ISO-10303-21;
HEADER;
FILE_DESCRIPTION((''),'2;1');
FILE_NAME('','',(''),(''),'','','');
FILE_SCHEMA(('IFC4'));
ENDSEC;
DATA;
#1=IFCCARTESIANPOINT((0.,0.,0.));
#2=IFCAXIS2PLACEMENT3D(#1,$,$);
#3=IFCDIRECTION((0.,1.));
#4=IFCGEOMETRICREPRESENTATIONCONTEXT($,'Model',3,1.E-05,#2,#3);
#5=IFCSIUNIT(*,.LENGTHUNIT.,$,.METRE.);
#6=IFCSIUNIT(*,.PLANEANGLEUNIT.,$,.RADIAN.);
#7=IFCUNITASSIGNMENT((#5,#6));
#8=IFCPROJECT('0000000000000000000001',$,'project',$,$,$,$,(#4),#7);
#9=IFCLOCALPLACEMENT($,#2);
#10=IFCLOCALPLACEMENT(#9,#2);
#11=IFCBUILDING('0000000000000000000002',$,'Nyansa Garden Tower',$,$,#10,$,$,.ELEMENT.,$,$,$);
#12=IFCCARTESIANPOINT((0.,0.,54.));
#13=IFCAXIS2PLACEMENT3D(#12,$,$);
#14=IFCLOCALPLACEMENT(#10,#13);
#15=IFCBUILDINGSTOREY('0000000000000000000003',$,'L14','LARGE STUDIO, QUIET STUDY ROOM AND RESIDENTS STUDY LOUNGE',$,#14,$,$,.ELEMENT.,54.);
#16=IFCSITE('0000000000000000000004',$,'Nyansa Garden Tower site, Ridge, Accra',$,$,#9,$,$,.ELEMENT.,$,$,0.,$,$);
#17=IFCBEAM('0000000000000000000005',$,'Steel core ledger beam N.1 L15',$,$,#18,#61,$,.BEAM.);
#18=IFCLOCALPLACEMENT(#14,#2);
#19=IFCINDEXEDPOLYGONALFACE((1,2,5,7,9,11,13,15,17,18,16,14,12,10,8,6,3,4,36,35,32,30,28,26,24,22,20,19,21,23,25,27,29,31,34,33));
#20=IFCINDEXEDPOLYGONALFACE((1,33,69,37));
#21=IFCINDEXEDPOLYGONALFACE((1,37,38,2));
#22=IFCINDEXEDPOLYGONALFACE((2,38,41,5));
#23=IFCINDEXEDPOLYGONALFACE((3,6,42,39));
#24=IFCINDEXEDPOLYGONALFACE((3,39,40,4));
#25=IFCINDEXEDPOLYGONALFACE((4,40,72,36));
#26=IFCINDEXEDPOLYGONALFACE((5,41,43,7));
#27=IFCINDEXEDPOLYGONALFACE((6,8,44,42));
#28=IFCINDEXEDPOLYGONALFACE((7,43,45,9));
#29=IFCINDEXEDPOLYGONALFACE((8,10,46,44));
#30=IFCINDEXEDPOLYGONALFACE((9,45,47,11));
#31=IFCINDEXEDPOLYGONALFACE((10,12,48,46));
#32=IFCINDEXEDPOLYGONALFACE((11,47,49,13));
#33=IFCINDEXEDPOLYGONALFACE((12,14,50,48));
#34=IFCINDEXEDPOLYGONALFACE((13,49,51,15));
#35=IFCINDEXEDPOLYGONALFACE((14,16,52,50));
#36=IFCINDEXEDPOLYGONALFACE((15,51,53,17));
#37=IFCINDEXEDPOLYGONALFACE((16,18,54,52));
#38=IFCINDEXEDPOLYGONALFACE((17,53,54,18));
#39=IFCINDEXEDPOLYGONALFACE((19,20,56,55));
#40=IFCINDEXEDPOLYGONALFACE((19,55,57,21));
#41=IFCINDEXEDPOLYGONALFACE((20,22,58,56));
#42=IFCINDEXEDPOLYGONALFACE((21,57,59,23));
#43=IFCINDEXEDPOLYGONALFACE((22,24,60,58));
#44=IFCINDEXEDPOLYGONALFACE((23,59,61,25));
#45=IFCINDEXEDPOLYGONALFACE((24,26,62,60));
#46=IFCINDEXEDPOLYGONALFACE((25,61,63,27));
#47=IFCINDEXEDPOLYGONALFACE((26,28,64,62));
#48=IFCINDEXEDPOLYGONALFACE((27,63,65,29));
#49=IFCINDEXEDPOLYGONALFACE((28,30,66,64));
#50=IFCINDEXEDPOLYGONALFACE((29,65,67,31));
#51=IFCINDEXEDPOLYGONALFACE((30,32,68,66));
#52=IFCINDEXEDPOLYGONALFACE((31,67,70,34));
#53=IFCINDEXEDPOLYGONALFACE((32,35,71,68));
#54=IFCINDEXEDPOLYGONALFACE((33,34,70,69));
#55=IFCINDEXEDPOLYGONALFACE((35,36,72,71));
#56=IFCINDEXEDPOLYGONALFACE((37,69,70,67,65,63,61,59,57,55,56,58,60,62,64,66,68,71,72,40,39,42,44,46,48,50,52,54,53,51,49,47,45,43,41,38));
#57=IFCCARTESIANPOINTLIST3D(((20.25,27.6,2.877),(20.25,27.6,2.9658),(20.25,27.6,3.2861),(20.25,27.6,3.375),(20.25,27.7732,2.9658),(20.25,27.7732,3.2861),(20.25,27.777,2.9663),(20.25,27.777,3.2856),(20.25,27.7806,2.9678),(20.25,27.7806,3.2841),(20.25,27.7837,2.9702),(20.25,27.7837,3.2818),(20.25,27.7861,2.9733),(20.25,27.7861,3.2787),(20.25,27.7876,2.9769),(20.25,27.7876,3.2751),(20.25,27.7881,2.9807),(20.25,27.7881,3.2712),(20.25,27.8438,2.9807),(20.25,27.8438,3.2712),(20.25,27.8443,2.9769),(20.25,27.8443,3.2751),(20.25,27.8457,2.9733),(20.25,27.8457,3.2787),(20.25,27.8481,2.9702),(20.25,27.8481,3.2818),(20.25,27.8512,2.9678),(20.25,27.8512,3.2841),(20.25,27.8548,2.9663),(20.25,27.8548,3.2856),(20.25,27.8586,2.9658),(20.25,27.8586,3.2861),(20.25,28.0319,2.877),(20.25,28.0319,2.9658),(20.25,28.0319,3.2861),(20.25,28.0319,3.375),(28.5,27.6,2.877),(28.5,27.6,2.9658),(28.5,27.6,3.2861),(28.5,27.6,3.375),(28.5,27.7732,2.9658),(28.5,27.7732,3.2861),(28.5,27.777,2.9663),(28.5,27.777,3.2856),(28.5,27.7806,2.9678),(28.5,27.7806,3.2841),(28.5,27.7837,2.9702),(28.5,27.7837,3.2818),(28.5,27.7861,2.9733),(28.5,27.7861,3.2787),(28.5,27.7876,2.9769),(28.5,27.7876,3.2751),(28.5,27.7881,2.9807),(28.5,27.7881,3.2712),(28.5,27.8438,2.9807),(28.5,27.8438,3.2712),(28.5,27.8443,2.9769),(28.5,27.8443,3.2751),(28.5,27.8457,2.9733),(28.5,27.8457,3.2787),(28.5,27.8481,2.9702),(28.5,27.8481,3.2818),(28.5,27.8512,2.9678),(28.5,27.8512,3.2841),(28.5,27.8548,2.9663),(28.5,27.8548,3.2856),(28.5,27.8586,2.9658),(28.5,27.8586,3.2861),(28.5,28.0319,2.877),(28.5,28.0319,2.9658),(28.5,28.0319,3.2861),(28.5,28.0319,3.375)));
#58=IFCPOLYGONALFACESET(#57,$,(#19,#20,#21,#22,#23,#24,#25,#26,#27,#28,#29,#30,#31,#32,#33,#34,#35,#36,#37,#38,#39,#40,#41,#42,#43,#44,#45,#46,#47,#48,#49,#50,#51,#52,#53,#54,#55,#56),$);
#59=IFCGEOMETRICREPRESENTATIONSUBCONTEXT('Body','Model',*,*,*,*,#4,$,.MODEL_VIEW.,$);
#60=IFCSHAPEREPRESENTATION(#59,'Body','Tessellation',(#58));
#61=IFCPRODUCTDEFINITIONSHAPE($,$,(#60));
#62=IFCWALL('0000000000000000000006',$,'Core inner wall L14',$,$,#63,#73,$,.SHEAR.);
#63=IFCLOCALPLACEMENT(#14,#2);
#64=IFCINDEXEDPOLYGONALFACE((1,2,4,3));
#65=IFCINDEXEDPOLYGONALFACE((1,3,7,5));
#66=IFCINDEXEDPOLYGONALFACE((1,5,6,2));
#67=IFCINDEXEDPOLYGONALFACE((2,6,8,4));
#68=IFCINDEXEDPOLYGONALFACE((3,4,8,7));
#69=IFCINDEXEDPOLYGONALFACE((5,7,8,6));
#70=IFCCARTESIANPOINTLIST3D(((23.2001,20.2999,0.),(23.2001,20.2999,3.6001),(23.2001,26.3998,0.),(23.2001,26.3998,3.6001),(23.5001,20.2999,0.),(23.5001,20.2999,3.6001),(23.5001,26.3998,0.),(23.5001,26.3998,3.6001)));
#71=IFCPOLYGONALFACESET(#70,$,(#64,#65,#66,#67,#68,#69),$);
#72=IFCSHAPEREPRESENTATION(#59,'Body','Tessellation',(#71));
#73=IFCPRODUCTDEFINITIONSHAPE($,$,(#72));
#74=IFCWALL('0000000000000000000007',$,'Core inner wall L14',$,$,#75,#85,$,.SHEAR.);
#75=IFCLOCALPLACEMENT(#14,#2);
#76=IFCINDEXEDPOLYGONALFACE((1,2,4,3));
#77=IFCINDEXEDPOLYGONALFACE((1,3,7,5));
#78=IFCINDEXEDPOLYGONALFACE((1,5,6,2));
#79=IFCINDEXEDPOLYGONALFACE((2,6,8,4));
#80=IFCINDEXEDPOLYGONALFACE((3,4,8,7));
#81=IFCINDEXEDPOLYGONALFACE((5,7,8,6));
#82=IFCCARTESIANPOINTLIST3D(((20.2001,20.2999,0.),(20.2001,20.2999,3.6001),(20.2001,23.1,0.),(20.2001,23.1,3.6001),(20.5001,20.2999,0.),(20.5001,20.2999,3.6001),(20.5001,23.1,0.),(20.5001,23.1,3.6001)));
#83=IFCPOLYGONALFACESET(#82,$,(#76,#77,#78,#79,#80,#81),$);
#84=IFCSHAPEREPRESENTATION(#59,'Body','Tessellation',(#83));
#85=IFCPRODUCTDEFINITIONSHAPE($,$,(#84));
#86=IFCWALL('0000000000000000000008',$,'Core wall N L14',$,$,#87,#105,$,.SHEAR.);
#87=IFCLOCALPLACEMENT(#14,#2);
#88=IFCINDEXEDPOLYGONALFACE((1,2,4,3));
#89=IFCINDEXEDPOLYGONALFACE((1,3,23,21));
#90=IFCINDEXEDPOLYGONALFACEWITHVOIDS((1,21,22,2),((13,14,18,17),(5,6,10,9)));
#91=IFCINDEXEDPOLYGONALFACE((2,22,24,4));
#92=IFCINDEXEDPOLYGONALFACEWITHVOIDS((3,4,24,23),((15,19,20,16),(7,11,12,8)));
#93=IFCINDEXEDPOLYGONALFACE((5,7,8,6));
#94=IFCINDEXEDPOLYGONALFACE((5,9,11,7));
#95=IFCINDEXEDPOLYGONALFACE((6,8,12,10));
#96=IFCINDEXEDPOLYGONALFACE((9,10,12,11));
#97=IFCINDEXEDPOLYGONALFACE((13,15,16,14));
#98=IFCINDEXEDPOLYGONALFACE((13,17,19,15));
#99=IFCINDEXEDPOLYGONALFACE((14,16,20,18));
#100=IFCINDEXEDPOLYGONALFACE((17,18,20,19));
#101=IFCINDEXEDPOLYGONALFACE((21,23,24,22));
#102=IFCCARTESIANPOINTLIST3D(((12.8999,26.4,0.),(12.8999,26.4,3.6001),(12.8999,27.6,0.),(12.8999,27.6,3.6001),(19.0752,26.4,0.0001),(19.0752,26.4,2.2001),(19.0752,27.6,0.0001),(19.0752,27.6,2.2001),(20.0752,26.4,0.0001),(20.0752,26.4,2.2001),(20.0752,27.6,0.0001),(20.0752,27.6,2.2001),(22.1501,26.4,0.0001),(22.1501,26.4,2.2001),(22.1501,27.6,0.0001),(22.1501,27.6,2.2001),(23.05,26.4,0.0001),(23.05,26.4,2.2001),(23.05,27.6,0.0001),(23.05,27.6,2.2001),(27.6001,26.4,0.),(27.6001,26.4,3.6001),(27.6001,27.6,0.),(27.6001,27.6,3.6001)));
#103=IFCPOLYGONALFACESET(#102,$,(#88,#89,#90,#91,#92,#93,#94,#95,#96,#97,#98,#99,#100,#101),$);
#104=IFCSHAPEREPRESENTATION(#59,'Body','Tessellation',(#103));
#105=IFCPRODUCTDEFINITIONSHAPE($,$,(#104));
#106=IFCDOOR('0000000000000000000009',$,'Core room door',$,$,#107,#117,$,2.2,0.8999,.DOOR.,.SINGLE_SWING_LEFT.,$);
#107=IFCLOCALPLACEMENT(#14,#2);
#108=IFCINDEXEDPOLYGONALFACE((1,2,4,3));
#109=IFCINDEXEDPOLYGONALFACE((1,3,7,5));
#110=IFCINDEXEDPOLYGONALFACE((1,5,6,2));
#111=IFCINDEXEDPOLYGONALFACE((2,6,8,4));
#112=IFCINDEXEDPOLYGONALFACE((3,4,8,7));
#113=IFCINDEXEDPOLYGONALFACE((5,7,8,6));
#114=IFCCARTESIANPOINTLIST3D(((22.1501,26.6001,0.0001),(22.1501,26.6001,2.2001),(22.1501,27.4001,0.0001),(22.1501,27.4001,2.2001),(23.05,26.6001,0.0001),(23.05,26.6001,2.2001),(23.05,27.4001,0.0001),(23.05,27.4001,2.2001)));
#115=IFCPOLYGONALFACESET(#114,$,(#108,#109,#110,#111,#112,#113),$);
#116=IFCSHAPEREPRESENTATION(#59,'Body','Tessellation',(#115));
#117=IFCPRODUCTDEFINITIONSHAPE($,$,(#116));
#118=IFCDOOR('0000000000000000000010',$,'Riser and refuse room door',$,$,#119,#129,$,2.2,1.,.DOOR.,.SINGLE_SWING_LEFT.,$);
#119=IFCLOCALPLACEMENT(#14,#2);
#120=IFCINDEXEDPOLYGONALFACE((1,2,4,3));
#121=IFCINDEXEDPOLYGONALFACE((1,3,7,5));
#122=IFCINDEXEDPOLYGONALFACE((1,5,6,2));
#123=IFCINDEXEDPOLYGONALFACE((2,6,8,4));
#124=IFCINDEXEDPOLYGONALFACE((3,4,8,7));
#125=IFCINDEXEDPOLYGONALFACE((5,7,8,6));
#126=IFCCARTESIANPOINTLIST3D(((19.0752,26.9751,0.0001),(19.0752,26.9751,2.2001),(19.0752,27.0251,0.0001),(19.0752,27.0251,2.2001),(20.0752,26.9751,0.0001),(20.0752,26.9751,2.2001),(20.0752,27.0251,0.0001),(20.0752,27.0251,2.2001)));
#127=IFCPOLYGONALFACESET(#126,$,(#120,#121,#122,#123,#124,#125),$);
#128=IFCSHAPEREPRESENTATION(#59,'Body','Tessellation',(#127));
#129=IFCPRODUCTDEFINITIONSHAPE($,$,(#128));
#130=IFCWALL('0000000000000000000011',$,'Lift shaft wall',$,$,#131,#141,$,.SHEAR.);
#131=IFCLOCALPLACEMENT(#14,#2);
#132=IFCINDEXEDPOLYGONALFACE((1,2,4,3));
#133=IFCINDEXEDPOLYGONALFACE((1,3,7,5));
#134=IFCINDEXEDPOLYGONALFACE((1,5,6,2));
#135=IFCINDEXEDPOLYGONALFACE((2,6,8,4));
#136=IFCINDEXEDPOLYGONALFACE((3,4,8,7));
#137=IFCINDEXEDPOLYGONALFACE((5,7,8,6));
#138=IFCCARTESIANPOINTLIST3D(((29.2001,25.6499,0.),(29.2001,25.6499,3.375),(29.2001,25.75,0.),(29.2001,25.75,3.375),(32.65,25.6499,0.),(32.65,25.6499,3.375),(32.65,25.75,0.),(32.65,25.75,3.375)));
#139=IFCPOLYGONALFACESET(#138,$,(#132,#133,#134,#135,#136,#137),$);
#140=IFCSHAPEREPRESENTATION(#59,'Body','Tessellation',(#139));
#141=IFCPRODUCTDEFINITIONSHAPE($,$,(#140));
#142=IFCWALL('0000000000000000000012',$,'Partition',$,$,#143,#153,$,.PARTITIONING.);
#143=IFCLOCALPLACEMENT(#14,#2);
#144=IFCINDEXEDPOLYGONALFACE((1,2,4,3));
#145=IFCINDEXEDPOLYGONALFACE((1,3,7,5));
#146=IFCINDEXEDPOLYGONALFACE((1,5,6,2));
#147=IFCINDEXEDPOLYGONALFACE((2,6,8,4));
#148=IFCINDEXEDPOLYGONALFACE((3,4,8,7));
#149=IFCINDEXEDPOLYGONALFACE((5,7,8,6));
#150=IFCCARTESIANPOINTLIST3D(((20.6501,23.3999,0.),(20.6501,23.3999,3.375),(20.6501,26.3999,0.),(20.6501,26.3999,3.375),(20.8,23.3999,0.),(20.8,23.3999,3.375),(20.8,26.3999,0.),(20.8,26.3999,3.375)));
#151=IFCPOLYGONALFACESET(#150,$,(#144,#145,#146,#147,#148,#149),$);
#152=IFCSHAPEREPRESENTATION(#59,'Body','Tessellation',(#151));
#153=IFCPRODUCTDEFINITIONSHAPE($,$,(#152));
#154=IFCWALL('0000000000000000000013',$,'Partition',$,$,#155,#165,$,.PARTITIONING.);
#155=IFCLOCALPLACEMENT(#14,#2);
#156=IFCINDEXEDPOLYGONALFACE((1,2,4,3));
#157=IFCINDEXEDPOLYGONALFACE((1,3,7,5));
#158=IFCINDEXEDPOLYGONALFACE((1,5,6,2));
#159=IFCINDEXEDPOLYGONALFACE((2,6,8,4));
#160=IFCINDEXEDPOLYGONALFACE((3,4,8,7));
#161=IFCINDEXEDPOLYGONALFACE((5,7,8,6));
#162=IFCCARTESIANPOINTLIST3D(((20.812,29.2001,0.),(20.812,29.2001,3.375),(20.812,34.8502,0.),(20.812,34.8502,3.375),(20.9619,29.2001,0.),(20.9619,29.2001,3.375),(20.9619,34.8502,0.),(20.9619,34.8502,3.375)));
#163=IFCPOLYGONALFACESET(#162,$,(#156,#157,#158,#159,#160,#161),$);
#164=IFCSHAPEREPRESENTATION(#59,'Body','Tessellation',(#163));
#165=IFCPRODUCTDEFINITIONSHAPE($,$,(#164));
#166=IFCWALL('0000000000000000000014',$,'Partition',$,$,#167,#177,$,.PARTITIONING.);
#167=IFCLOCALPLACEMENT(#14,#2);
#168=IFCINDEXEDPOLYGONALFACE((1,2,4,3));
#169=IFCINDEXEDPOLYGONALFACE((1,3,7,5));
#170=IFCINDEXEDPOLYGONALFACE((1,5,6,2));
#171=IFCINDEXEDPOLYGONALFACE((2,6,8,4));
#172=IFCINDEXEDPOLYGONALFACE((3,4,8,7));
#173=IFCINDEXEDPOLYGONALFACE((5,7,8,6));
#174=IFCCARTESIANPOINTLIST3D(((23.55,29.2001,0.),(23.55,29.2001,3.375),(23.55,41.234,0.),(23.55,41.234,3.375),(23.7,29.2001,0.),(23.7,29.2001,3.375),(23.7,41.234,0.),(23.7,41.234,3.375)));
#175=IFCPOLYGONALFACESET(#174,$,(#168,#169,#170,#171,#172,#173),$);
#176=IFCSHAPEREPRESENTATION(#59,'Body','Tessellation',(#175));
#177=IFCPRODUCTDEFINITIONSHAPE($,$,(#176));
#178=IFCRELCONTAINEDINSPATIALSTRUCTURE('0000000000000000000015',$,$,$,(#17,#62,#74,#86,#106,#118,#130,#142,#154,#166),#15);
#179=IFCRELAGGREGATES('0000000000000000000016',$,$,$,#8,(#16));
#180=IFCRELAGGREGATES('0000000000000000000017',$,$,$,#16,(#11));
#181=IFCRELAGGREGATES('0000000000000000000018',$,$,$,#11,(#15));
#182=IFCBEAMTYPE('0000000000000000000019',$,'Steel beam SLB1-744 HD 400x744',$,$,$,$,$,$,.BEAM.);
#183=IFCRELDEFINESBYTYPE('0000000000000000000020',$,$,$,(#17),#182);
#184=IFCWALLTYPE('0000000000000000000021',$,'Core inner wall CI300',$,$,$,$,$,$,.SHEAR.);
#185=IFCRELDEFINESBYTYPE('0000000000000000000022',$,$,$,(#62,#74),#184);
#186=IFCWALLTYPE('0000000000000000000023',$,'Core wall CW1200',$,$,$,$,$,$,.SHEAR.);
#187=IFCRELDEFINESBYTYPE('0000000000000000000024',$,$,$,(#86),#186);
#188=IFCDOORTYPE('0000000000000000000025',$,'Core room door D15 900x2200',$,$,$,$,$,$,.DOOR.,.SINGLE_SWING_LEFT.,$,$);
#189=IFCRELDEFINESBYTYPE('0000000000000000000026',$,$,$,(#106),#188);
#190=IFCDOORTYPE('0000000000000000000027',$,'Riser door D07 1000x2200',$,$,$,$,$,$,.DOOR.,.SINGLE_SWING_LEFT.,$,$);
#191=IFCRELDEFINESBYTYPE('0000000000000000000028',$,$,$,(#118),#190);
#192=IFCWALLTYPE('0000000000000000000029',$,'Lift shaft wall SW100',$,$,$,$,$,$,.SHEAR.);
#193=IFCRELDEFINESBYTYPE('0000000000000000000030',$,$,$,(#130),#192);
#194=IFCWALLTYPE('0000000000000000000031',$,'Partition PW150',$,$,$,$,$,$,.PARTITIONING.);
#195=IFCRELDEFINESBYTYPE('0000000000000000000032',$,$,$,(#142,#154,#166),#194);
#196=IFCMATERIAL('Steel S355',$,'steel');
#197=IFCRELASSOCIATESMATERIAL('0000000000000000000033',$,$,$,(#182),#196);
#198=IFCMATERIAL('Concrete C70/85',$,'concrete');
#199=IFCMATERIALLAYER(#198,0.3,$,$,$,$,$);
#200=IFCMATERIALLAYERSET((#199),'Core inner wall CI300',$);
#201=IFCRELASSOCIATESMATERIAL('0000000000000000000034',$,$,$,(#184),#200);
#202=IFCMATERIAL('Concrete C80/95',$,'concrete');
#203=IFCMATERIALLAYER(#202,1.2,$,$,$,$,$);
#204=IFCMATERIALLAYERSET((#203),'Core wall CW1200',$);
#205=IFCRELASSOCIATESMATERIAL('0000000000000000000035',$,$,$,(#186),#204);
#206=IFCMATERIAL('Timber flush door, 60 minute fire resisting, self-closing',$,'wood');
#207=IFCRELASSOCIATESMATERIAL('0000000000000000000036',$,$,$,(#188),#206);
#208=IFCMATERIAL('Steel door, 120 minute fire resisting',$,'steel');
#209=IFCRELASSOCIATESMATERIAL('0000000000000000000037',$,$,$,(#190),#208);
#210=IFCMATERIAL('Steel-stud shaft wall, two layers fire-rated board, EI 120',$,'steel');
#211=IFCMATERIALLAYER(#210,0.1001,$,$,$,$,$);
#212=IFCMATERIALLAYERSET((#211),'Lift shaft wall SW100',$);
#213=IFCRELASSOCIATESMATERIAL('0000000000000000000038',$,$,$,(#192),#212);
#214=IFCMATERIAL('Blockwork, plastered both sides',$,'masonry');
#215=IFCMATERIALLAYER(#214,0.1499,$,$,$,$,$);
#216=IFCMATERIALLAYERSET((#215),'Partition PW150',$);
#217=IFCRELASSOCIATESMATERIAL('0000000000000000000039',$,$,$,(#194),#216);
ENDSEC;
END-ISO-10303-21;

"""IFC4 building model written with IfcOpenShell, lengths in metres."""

from ifc_helpers import new_model, si_unit, direction, frame, frame_2d, origin, origin_2d, place, context, subcontext, project, spatial, rectangle, i_section, extrude, material, layer, layer_set, material_profile, profile_set, type_object, element, fill, save


model = new_model("IFC4")

# Units and contexts
model_context = context("Model", 3, precision=1e-05, world=origin(), true_north=direction((0.0, 1.0)))
body_context = subcontext(model_context, "Body", "Model", "MODEL_VIEW")
ifc_project = project(units=[si_unit("LENGTHUNIT", "METRE"), si_unit("PLANEANGLEUNIT", "RADIAN")], contexts=[model_context])

# Site, building, storey
site_placement = place(None, origin())
site = spatial("IfcSite", under=ifc_project, at=site_placement, Name="Nyansa Garden Tower site, Ridge, Accra", CompositionType="ELEMENT", RefElevation=0.0)
building_placement = place(site_placement, origin())
building = spatial("IfcBuilding", under=site, at=building_placement, Name="Nyansa Garden Tower", CompositionType="ELEMENT")
storey_placement = place(building_placement, frame((0.0, 0.0, 54.0)))
storey = spatial("IfcBuildingStorey", under=building, at=storey_placement, Name="L14", Description="LARGE STUDIO, QUIET STUDY ROOM AND RESIDENTS STUDY LOUNGE", CompositionType="ELEMENT", Elevation=54.0)

# Beam
ifc_material_1 = material(Name="Steel S355", Category="steel")
ifc_material_profile_1 = material_profile(ifc_material_1, i_section(OverallWidth=0.4319, OverallDepth=0.498, WebThickness=0.0557, FlangeThickness=0.0889, FilletRadius=0.0149, at=origin_2d()), Name="HD 400x744")
ifc_profile_set_1 = profile_set([ifc_material_profile_1], Name="Steel S355")
beam_type_1 = type_object("IfcBeamType", Name="Steel beam SLB1-744 HD 400x744", PredefinedType="BEAM", material=ifc_profile_set_1)
beam_1_placement = place(storey_placement, frame((28.5, 27.8159, 3.126), z_axis=(-1.0, 0.0, 0.0), x_axis=(0.0, -1.0, 0.0)))
element("IfcBeam", 1, at=beam_1_placement, inside=storey, type_object=beam_type_1, Name="Steel core ledger beam N.1 L15", PredefinedType="BEAM", context=body_context, shape_type="SweptSolid", body=[
    extrude(i_section(OverallWidth=0.4319, OverallDepth=0.498, WebThickness=0.0557, FlangeThickness=0.0889, FilletRadius=0.0149, at=origin_2d()), origin(), (0.0, 0.0, 1.0), 8.25),
])

# Walls
ifc_material_2 = material(Name="Concrete C70/85", Category="concrete")
ifc_layer_1 = layer(ifc_material_2, 0.3)
ifc_layer_set_1 = layer_set([ifc_layer_1], Name="Core inner wall CI300")
wall_type_1 = type_object("IfcWallType", Name="Core inner wall CI300", PredefinedType="SHEAR", material=ifc_layer_set_1)
wall_1_placement = place(storey_placement, frame((23.3501, 20.3, 0.0), z_axis=(0.0, 0.0, 1.0), x_axis=(0.0, 1.0, 0.0)))
element("IfcWall", 2, at=wall_1_placement, inside=storey, type_object=wall_type_1, Name="Core inner wall L14", PredefinedType="SHEAR", context=body_context, shape_type="SweptSolid", body=[
    extrude(rectangle(XDim=6.0999, YDim=0.3, at=frame_2d((3.0498, 0.0))), origin(), (0.0, 0.0, 1.0), 3.6001),
])
wall_2_placement = place(storey_placement, frame((20.3501, 20.3, 0.0), z_axis=(0.0, 0.0, 1.0), x_axis=(0.0, 1.0, 0.0)))
element("IfcWall", 3, at=wall_2_placement, inside=storey, type_object=wall_type_1, Name="Core inner wall L14", PredefinedType="SHEAR", context=body_context, shape_type="SweptSolid", body=[
    extrude(rectangle(XDim=2.8, YDim=0.3, at=frame_2d((1.3999, 0.0))), origin(), (0.0, 0.0, 1.0), 3.6001),
])

# Wall, openings, doors
ifc_material_3 = material(Name="Concrete C80/95", Category="concrete")
ifc_layer_2 = layer(ifc_material_3, 1.2)
ifc_layer_set_2 = layer_set([ifc_layer_2], Name="Core wall CW1200")
wall_type_2 = type_object("IfcWallType", Name="Core wall CW1200", PredefinedType="SHEAR", material=ifc_layer_set_2)
wall_3_placement = place(storey_placement, frame((27.6001, 27.0, 0.0), z_axis=(0.0, 0.0, 1.0), x_axis=(-1.0, 0.0, 0.0)))
wall_3 = element("IfcWall", 4, at=wall_3_placement, inside=storey, type_object=wall_type_2, Name="Core wall N L14", PredefinedType="SHEAR", context=body_context, shape_type="SweptSolid", body=[
    extrude(rectangle(XDim=14.7002, YDim=1.2, at=frame_2d((7.3501, 0.0))), origin(), (0.0, 0.0, 1.0), 3.6001),
])
opening_1_placement = place(wall_3_placement, frame((4.55, 0.0, 0.0)))
opening_1 = element("IfcOpeningElement", 5, at=opening_1_placement, cuts=wall_3, PredefinedType="OPENING", context=body_context, shape_type="SweptSolid", body=[
    extrude(rectangle(XDim=0.8999, YDim=2.2, at=frame_2d((0.45, 1.1001))), frame((0.0, 0.6099, 0.0), z_axis=(0.0, -1.0, 0.0), x_axis=(1.0, 0.0, 0.0)), (0.0, 0.0, 1.0), 1.22),
])
opening_2_placement = place(wall_3_placement, frame((7.5249, 0.0, 0.0)))
opening_2 = element("IfcOpeningElement", 6, at=opening_2_placement, cuts=wall_3, PredefinedType="OPENING", context=body_context, shape_type="SweptSolid", body=[
    extrude(rectangle(XDim=1.0, YDim=2.2, at=frame_2d((0.5, 1.1001))), frame((0.0, 0.6099, 0.0), z_axis=(0.0, -1.0, 0.0), x_axis=(1.0, 0.0, 0.0)), (0.0, 0.0, 1.0), 1.22),
])
ifc_material_4 = material(Name="Timber flush door, 60 minute fire resisting, self-closing", Category="wood")
door_type_1 = type_object("IfcDoorType", Name="Core room door D15 900x2200", OperationType="SINGLE_SWING_LEFT", PredefinedType="DOOR", material=ifc_material_4)
door_1_placement = place(opening_1_placement, origin())
door_1 = element("IfcDoor", 7, at=door_1_placement, inside=storey, type_object=door_type_1, Name="Core room door", OperationType="SINGLE_SWING_LEFT", OverallHeight=2.2, OverallWidth=0.8999, PredefinedType="DOOR", context=body_context, shape_type="SweptSolid", body=[
    extrude(rectangle(XDim=0.8999, YDim=2.2, at=frame_2d((0.45, 1.1001))), frame((0.0, 0.3999, 0.0), z_axis=(0.0, -1.0, 0.0), x_axis=(1.0, 0.0, 0.0)), (0.0, 0.0, 1.0), 0.8),
])
fill(opening_1, door_1)
ifc_material_5 = material(Name="Steel door, 120 minute fire resisting", Category="steel")
door_type_2 = type_object("IfcDoorType", Name="Riser door D07 1000x2200", OperationType="SINGLE_SWING_LEFT", PredefinedType="DOOR", material=ifc_material_5)
door_2_placement = place(opening_2_placement, origin())
door_2 = element("IfcDoor", 8, at=door_2_placement, inside=storey, type_object=door_type_2, Name="Riser and refuse room door", OperationType="SINGLE_SWING_LEFT", OverallHeight=2.2, OverallWidth=1.0, PredefinedType="DOOR", context=body_context, shape_type="SweptSolid", body=[
    extrude(rectangle(XDim=1.0, YDim=2.2, at=frame_2d((0.5, 1.1001))), frame((0.0, 0.0249, 0.0), z_axis=(0.0, -1.0, 0.0), x_axis=(1.0, 0.0, 0.0)), (0.0, 0.0, 1.0), 0.05),
])
fill(opening_2, door_2)

# Walls
ifc_material_6 = material(Name="Steel-stud shaft wall, two layers fire-rated board, EI 120", Category="steel")
ifc_layer_3 = layer(ifc_material_6, 0.1001)
ifc_layer_set_3 = layer_set([ifc_layer_3], Name="Lift shaft wall SW100")
wall_type_3 = type_object("IfcWallType", Name="Lift shaft wall SW100", PredefinedType="SHEAR", material=ifc_layer_set_3)
wall_4_placement = place(storey_placement, frame((29.2, 25.7, 0.0), z_axis=(0.0, 0.0, 1.0), x_axis=(1.0, 0.0, 0.0)))
element("IfcWall", 9, at=wall_4_placement, inside=storey, type_object=wall_type_3, Name="Lift shaft wall", PredefinedType="SHEAR", context=body_context, shape_type="SweptSolid", body=[
    extrude(rectangle(XDim=3.45, YDim=0.1001, at=frame_2d((1.7251, 0.0))), origin(), (0.0, 0.0, 1.0), 3.375),
])
ifc_material_7 = material(Name="Blockwork, plastered both sides", Category="masonry")
ifc_layer_4 = layer(ifc_material_7, 0.1499)
ifc_layer_set_4 = layer_set([ifc_layer_4], Name="Partition PW150")
wall_type_4 = type_object("IfcWallType", Name="Partition PW150", PredefinedType="PARTITIONING", material=ifc_layer_set_4)
wall_5_placement = place(storey_placement, frame((20.7251, 23.3999, 0.0), z_axis=(0.0, 0.0, 1.0), x_axis=(0.0, 1.0, 0.0)))
element("IfcWall", 10, at=wall_5_placement, inside=storey, type_object=wall_type_4, Name="Partition", PredefinedType="PARTITIONING", context=body_context, shape_type="SweptSolid", body=[
    extrude(rectangle(XDim=3.0, YDim=0.1499, at=frame_2d((1.5, 0.0))), origin(), (0.0, 0.0, 1.0), 3.375),
])
wall_6_placement = place(storey_placement, frame((20.887, 29.2, 0.0), z_axis=(0.0, 0.0, 1.0), x_axis=(0.0, 1.0, 0.0)))
element("IfcWall", 11, at=wall_6_placement, inside=storey, type_object=wall_type_4, Name="Partition", PredefinedType="PARTITIONING", context=body_context, shape_type="SweptSolid", body=[
    extrude(rectangle(XDim=5.6501, YDim=0.1499, at=frame_2d((2.8252, 0.0))), origin(), (0.0, 0.0, 1.0), 3.375),
])
wall_7_placement = place(storey_placement, frame((23.625, 29.2, 0.0), z_axis=(0.0, 0.0, 1.0), x_axis=(0.0, 1.0, 0.0)))
element("IfcWall", 12, at=wall_7_placement, inside=storey, type_object=wall_type_4, Name="Partition", PredefinedType="PARTITIONING", context=body_context, shape_type="SweptSolid", body=[
    extrude(rectangle(XDim=12.0339, YDim=0.1499, at=frame_2d((6.0171, 0.0))), origin(), (0.0, 0.0, 1.0), 3.375),
])

save(model, "model.ifc")
